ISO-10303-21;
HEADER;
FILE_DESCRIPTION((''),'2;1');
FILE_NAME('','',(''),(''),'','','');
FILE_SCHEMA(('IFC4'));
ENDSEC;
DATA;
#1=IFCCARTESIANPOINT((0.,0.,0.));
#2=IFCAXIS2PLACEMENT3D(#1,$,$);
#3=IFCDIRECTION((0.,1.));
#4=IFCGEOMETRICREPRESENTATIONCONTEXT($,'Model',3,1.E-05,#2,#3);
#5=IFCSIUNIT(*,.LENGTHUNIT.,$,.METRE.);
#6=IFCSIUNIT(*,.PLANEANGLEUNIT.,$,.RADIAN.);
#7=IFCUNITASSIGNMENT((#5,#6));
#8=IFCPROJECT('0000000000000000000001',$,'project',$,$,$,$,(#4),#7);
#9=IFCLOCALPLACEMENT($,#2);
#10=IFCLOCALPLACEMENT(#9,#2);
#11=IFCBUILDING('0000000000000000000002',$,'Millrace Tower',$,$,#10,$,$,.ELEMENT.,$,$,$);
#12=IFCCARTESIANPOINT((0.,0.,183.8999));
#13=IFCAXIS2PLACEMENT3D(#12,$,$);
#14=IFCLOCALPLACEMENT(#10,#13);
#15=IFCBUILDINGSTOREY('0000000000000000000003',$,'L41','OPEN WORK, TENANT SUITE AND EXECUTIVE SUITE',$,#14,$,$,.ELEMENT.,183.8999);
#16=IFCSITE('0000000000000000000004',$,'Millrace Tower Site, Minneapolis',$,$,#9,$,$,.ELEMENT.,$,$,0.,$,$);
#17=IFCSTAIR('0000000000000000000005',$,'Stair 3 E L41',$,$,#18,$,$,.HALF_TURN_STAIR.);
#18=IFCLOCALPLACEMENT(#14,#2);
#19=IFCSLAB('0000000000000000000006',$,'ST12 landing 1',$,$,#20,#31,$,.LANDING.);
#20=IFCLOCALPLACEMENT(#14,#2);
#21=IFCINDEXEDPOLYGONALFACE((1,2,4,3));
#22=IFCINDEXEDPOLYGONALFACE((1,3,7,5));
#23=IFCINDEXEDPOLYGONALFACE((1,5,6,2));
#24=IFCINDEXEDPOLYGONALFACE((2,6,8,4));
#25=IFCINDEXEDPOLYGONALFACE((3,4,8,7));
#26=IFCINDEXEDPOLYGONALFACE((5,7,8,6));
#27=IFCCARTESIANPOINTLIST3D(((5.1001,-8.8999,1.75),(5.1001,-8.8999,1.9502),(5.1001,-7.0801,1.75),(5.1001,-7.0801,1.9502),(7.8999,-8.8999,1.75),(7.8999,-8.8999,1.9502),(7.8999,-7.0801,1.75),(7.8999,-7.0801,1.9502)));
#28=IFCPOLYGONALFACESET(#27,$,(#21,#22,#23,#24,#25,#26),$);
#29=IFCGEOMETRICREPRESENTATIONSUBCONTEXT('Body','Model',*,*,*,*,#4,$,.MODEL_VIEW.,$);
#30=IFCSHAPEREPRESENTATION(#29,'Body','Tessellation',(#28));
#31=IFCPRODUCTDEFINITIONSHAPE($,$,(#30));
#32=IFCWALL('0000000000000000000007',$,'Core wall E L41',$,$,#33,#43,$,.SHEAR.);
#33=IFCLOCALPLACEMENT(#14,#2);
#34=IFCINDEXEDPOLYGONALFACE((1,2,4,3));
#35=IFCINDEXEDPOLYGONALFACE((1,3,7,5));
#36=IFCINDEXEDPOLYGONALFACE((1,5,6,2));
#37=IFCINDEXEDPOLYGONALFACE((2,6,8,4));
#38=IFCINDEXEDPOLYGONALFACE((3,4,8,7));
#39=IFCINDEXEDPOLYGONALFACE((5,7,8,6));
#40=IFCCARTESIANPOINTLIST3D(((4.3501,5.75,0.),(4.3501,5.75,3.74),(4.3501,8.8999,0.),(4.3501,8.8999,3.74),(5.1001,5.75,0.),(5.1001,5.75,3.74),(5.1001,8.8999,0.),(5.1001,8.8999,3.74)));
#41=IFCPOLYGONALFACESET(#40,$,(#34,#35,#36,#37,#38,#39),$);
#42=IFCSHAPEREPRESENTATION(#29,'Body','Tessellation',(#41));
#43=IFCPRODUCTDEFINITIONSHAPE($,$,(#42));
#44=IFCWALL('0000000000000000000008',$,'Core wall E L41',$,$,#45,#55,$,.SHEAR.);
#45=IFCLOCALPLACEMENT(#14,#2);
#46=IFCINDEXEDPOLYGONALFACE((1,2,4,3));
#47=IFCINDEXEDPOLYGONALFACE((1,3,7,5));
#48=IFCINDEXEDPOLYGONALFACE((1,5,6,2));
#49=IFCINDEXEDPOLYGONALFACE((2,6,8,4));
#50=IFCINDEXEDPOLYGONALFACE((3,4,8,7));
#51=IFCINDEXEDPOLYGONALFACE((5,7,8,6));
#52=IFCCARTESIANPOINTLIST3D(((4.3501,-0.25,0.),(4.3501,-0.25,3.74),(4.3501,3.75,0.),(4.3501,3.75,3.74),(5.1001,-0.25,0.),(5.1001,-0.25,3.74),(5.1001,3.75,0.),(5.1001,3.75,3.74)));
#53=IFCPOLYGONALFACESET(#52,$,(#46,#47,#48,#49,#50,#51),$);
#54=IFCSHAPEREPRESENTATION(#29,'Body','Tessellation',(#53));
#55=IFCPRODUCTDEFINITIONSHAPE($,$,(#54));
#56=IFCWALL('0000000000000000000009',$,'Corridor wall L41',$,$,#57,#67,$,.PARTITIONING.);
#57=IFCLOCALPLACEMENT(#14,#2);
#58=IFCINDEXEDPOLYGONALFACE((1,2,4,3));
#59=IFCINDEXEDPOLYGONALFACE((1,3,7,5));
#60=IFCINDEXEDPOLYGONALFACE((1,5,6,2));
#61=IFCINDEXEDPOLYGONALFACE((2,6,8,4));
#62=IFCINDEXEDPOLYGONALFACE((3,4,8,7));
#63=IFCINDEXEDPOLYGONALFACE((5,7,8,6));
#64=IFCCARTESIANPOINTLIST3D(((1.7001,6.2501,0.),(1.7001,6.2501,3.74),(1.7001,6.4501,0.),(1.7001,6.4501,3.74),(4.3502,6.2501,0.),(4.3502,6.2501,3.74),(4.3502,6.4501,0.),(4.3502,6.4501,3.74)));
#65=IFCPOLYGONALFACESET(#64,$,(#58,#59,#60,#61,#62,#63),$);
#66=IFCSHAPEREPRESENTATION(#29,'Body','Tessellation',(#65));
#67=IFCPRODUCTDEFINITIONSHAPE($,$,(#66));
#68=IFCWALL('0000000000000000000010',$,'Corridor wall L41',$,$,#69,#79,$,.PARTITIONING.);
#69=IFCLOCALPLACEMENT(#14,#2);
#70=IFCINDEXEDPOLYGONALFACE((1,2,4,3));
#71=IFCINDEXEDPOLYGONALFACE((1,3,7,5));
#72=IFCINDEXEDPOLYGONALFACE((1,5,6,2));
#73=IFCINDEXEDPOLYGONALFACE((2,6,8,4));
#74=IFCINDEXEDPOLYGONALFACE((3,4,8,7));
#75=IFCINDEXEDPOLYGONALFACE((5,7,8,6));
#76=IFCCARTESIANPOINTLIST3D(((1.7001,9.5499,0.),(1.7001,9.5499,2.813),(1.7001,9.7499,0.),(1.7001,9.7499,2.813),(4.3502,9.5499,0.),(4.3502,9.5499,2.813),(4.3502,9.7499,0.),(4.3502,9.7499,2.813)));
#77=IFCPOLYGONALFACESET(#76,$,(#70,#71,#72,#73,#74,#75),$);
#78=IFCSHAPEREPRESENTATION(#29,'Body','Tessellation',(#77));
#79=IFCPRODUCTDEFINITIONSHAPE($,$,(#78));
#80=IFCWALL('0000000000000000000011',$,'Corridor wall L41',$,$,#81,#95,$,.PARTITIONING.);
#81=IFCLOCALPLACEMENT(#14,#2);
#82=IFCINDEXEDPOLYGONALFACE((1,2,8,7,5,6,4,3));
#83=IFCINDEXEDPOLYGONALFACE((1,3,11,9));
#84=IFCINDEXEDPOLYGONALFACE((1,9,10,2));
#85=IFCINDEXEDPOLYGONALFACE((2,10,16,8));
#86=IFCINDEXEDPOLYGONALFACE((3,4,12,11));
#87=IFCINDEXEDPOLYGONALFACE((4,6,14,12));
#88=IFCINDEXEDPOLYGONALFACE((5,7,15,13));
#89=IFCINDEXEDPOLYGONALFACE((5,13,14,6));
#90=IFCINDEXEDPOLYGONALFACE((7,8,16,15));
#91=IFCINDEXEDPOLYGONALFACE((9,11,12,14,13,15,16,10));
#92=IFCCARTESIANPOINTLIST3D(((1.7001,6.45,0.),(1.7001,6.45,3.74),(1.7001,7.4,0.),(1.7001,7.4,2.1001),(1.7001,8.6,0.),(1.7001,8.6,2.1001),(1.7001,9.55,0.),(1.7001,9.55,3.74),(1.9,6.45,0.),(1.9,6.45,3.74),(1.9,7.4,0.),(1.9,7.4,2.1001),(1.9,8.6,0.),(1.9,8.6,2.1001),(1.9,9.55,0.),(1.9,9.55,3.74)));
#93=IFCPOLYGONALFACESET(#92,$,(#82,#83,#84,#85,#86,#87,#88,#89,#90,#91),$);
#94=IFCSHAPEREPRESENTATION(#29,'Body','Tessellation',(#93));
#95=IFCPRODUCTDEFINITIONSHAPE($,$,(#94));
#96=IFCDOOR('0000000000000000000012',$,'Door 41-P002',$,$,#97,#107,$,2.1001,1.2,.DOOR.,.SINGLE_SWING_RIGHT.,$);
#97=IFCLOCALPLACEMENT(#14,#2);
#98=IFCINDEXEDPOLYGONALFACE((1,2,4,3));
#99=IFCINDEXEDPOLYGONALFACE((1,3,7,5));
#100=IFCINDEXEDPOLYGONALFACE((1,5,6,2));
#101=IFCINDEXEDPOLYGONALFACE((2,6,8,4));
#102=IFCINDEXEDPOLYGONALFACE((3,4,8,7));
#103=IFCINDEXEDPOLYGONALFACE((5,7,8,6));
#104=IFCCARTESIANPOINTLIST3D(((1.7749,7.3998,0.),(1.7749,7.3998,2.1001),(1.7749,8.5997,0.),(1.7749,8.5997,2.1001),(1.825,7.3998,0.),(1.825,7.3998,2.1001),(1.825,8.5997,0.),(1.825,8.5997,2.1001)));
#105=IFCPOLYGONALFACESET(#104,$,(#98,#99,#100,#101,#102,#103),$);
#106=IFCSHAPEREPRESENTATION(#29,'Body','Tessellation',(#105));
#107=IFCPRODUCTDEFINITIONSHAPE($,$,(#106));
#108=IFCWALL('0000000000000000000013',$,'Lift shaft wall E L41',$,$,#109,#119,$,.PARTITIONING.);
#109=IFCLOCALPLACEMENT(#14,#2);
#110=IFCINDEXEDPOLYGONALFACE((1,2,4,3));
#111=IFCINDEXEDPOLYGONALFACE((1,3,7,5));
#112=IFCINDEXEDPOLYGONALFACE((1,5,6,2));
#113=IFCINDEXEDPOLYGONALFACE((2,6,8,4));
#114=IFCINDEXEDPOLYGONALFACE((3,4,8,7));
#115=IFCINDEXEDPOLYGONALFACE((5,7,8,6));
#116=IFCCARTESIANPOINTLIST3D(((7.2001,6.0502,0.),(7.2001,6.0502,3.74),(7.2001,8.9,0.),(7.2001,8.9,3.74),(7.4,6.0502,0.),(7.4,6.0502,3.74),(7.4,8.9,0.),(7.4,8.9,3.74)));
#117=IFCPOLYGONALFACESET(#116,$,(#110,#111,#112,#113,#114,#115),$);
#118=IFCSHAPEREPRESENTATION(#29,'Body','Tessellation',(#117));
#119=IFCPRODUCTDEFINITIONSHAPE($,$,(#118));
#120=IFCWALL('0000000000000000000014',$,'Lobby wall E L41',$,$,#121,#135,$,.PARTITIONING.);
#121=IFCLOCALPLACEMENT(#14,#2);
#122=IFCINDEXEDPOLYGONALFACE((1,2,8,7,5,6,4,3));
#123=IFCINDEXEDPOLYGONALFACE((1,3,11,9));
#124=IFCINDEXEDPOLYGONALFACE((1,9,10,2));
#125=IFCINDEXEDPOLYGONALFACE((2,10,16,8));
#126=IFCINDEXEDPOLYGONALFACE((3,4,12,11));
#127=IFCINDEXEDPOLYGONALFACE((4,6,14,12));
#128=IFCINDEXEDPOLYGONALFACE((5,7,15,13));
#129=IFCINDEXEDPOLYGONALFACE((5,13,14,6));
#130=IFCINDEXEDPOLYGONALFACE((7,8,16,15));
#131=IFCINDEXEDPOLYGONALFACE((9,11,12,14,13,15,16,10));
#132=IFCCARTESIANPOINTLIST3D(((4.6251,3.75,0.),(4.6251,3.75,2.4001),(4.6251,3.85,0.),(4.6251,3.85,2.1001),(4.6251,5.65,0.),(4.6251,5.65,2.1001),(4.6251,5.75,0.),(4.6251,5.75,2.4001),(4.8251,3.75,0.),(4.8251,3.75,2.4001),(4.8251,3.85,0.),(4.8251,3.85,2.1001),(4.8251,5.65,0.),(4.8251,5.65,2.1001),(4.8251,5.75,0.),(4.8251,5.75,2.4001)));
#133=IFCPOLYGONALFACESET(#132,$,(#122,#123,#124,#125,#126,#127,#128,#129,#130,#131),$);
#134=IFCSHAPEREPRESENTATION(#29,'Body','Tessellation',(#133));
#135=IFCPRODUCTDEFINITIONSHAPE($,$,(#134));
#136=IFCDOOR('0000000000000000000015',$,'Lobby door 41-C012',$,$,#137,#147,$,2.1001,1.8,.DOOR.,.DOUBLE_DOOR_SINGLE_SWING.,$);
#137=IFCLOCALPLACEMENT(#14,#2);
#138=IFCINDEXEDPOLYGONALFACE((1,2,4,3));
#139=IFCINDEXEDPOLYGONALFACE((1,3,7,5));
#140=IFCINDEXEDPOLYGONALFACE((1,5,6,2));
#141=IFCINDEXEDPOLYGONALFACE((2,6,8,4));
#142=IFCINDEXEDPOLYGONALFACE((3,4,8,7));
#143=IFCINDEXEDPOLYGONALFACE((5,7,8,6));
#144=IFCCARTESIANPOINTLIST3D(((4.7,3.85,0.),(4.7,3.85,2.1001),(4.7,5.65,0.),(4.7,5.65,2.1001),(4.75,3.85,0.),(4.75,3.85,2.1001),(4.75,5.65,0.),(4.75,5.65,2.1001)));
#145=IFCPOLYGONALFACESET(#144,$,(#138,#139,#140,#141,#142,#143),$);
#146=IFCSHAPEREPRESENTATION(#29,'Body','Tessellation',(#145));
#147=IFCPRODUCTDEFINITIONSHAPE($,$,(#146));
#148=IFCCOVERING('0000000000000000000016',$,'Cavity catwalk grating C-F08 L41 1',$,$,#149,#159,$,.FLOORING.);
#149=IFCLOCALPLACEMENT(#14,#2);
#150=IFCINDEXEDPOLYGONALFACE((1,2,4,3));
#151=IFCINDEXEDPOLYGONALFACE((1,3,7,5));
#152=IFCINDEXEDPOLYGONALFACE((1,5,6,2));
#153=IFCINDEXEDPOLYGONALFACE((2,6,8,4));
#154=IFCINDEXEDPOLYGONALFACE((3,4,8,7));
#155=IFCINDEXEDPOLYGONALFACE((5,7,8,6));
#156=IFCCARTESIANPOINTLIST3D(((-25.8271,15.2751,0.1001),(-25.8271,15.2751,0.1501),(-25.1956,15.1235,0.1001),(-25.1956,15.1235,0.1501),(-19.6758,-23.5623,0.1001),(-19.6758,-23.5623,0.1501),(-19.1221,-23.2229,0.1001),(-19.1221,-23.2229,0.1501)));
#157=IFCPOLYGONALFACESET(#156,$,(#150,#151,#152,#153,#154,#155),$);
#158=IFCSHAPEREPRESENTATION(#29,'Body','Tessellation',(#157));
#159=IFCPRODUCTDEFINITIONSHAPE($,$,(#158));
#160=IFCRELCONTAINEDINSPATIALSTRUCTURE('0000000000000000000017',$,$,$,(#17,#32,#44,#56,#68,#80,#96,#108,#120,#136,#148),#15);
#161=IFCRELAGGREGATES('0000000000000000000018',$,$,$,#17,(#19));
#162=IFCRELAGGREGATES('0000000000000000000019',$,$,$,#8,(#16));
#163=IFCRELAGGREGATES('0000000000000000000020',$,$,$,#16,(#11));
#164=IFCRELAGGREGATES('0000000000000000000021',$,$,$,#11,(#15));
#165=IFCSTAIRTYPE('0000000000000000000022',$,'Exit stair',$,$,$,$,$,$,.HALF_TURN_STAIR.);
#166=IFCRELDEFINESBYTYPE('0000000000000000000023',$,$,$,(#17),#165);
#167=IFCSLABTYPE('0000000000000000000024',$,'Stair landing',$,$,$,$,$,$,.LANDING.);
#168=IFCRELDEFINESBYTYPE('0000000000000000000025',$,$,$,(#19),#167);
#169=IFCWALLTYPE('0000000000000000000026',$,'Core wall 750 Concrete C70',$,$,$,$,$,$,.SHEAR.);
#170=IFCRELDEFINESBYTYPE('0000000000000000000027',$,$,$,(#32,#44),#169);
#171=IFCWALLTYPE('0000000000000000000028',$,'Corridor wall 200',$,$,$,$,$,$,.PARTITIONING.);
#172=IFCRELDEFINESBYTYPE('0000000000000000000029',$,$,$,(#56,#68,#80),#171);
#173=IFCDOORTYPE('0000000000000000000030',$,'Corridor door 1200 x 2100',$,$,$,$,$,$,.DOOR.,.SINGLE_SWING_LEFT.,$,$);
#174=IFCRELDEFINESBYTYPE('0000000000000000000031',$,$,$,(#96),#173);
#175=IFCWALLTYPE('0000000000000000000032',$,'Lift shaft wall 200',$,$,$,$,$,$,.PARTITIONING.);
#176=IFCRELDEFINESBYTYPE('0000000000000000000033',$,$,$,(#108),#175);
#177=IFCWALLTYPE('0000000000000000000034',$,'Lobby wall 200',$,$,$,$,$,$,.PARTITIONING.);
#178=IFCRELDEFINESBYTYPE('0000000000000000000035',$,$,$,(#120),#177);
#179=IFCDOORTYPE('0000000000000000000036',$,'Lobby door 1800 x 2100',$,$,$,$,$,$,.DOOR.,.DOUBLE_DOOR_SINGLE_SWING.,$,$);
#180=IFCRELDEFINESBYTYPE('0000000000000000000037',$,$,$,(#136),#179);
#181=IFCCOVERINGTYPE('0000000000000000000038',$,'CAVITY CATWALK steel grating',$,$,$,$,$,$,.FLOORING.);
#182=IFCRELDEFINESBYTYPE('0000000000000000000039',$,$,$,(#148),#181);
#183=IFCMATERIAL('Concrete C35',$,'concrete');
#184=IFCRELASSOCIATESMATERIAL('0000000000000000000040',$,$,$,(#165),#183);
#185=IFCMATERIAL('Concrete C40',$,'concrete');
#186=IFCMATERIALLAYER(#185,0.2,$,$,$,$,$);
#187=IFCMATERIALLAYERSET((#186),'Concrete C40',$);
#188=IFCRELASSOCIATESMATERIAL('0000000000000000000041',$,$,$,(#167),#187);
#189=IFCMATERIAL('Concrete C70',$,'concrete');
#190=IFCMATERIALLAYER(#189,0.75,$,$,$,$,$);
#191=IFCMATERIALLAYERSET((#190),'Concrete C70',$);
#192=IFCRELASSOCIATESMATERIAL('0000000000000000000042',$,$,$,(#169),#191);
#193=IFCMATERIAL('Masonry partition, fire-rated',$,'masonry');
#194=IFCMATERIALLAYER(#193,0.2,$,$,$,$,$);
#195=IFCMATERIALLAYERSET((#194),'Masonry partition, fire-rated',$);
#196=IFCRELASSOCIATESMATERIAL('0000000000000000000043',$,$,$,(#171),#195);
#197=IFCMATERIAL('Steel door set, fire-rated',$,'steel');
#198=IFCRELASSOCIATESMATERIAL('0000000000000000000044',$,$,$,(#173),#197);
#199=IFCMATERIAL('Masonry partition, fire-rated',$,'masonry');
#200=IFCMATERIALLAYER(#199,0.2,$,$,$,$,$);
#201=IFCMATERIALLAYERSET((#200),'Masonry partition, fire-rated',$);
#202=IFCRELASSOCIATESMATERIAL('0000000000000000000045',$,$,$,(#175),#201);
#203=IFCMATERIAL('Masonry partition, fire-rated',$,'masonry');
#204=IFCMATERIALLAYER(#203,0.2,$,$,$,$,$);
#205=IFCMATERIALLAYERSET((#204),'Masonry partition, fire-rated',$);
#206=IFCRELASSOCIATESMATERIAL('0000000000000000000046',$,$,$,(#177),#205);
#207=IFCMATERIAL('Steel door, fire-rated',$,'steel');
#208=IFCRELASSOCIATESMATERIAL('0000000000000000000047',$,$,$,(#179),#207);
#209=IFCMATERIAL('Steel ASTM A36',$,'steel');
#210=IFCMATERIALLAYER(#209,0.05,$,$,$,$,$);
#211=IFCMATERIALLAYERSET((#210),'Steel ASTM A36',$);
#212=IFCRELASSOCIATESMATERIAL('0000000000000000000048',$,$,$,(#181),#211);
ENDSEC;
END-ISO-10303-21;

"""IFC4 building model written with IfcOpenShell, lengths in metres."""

from ifc_helpers import new_model, si_unit, direction, frame, frame_2d, origin, place, context, subcontext, project, spatial, polyline, rectangle, outline, extrude, material, layer, layer_set, type_object, element, fill, aggregate, save


model = new_model("IFC4")

# Units and contexts
model_context = context("Model", 3, precision=1e-05, world=origin(), true_north=direction((0.0, 1.0)))
body_context = subcontext(model_context, "Body", "Model", "MODEL_VIEW")
ifc_project = project(units=[si_unit("LENGTHUNIT", "METRE"), si_unit("PLANEANGLEUNIT", "RADIAN")], contexts=[model_context])

# Site, building, storey
site_placement = place(None, origin())
site = spatial("IfcSite", under=ifc_project, at=site_placement, Name="Millrace Tower Site, Minneapolis", CompositionType="ELEMENT", RefElevation=0.0)
building_placement = place(site_placement, origin())
building = spatial("IfcBuilding", under=site, at=building_placement, Name="Millrace Tower", CompositionType="ELEMENT")
storey_placement = place(building_placement, frame((0.0, 0.0, 183.8999)))
storey = spatial("IfcBuildingStorey", under=building, at=storey_placement, Name="L41", Description="OPEN WORK, TENANT SUITE AND EXECUTIVE SUITE", CompositionType="ELEMENT", Elevation=183.8999)

# Shared definitions
placement_1 = place(storey_placement, origin())

# Stair, slab
ifc_material_1 = material(Name="Concrete C35", Category="concrete")
stair_type = type_object("IfcStairType", Name="Exit stair", PredefinedType="HALF_TURN_STAIR", material=ifc_material_1)
ifc_material_2 = material(Name="Concrete C40", Category="concrete")
ifc_layer_1 = layer(ifc_material_2, 0.2)
ifc_layer_set_1 = layer_set([ifc_layer_1], Name="Concrete C40")
slab_type = type_object("IfcSlabType", Name="Stair landing", PredefinedType="LANDING", material=ifc_layer_set_1)
placement_2 = place(storey_placement, frame((0.0, 0.0, 1.75)))
stair_1 = element("IfcStair", 1, at=placement_1, inside=storey, type_object=stair_type, Name="Stair 3 E L41", PredefinedType="HALF_TURN_STAIR")
slab_1 = element("IfcSlab", 2, at=placement_2, type_object=slab_type, Name="ST12 landing 1", PredefinedType="LANDING", context=body_context, shape_type="SweptSolid", body=[
    extrude(outline(polyline([(5.1001, -8.8999), (7.8999, -8.8999), (7.8999, -7.0801), (5.1001, -7.0801), (5.1001, -8.8999)])), origin(), (0.0, 0.0, 1.0), 0.2002),
])
aggregate(stair_1, [slab_1])

# Walls
ifc_material_3 = material(Name="Concrete C70", Category="concrete")
ifc_layer_2 = layer(ifc_material_3, 0.75)
ifc_layer_set_2 = layer_set([ifc_layer_2], Name="Concrete C70")
wall_type_1 = type_object("IfcWallType", Name="Core wall 750 Concrete C70", PredefinedType="SHEAR", material=ifc_layer_set_2)
wall_1_placement = place(storey_placement, frame((4.7251, 8.8999, 0.0), z_axis=(0.0, 0.0, 1.0), x_axis=(0.0, -1.0, 0.0)))
element("IfcWall", 3, at=wall_1_placement, inside=storey, type_object=wall_type_1, Name="Core wall E L41", PredefinedType="SHEAR", context=body_context, shape_type="SweptSolid", body=[
    extrude(rectangle(XDim=3.1499, YDim=0.75, at=frame_2d((1.575, 0.0))), origin(), (0.0, 0.0, 1.0), 3.74),
])
wall_2_placement = place(storey_placement, frame((4.7251, 3.75, 0.0), z_axis=(0.0, 0.0, 1.0), x_axis=(0.0, -1.0, 0.0)))
element("IfcWall", 4, at=wall_2_placement, inside=storey, type_object=wall_type_1, Name="Core wall E L41", PredefinedType="SHEAR", context=body_context, shape_type="SweptSolid", body=[
    extrude(rectangle(XDim=4.0, YDim=0.75, at=frame_2d((2.0, 0.0))), origin(), (0.0, 0.0, 1.0), 3.74),
])
ifc_material_4 = material(Name="Masonry partition, fire-rated", Category="masonry")
ifc_layer_3 = layer(ifc_material_4, 0.2)
ifc_layer_set_3 = layer_set([ifc_layer_3], Name="Masonry partition, fire-rated")
wall_type_2 = type_object("IfcWallType", Name="Corridor wall 200", PredefinedType="PARTITIONING", material=ifc_layer_set_3)
wall_3_placement = place(storey_placement, frame((1.7, 6.3501, 0.0), z_axis=(0.0, 0.0, 1.0), x_axis=(1.0, 0.0, 0.0)))
element("IfcWall", 5, at=wall_3_placement, inside=storey, type_object=wall_type_2, Name="Corridor wall L41", PredefinedType="PARTITIONING", context=body_context, shape_type="SweptSolid", body=[
    extrude(rectangle(XDim=2.6501, YDim=0.2, at=frame_2d((1.3252, 0.0))), origin(), (0.0, 0.0, 1.0), 3.74),
])
wall_4_placement = place(storey_placement, frame((1.7, 9.6499, 0.0), z_axis=(0.0, 0.0, 1.0), x_axis=(1.0, 0.0, 0.0)))
element("IfcWall", 6, at=wall_4_placement, inside=storey, type_object=wall_type_2, Name="Corridor wall L41", PredefinedType="PARTITIONING", context=body_context, shape_type="SweptSolid", body=[
    extrude(rectangle(XDim=2.6501, YDim=0.2, at=frame_2d((1.3252, 0.0))), origin(), (0.0, 0.0, 1.0), 2.813),
])

# Wall, opening, door
wall_5_placement = place(storey_placement, frame((1.8, 6.45, 0.0), z_axis=(0.0, 0.0, 1.0), x_axis=(0.0, 1.0, 0.0)))
wall_5 = element("IfcWall", 7, at=wall_5_placement, inside=storey, type_object=wall_type_2, Name="Corridor wall L41", PredefinedType="PARTITIONING", context=body_context, shape_type="SweptSolid", body=[
    extrude(rectangle(XDim=3.1001, YDim=0.2, at=frame_2d((1.55, 0.0))), origin(), (0.0, 0.0, 1.0), 3.74),
])
opening_1_placement = place(wall_5_placement, frame((0.95, 0.0, 0.0)))
opening_1 = element("IfcOpeningElement", 8, at=opening_1_placement, cuts=wall_5, PredefinedType="OPENING", context=body_context, shape_type="SweptSolid", body=[
    extrude(rectangle(XDim=1.2, YDim=2.1001, at=frame_2d((0.6001, 1.05))), frame((0.0, 0.1099, 0.0), z_axis=(0.0, -1.0, 0.0), x_axis=(1.0, 0.0, 0.0)), (0.0, 0.0, 1.0), 0.22),
])
ifc_material_5 = material(Name="Steel door set, fire-rated", Category="steel")
door_type_1 = type_object("IfcDoorType", Name="Corridor door 1200 x 2100", OperationType="SINGLE_SWING_LEFT", PredefinedType="DOOR", material=ifc_material_5)
door_1_placement = place(opening_1_placement, frame((1.2, 0.0, 0.0), z_axis=(0.0, 0.0, 1.0), x_axis=(-1.0, 0.0, 0.0)))
door_1 = element("IfcDoor", 9, at=door_1_placement, inside=storey, type_object=door_type_1, Name="Door 41-P002", OperationType="SINGLE_SWING_RIGHT", OverallHeight=2.1001, OverallWidth=1.2, PredefinedType="DOOR", context=body_context, shape_type="SweptSolid", body=[
    extrude(rectangle(XDim=1.2, YDim=2.1001, at=frame_2d((0.6001, 1.05))), frame((0.0, 0.0249, 0.0), z_axis=(0.0, -1.0, 0.0), x_axis=(1.0, 0.0, 0.0)), (0.0, 0.0, 1.0), 0.05),
])
fill(opening_1, door_1)

# Wall
ifc_material_6 = material(Name="Masonry partition, fire-rated", Category="masonry")
ifc_layer_4 = layer(ifc_material_6, 0.2)
ifc_layer_set_4 = layer_set([ifc_layer_4], Name="Masonry partition, fire-rated")
wall_type_3 = type_object("IfcWallType", Name="Lift shaft wall 200", PredefinedType="PARTITIONING", material=ifc_layer_set_4)
wall_6_placement = place(storey_placement, frame((7.3, 8.8999, 0.0), z_axis=(0.0, 0.0, 1.0), x_axis=(0.0, -1.0, 0.0)))
element("IfcWall", 10, at=wall_6_placement, inside=storey, type_object=wall_type_3, Name="Lift shaft wall E L41", PredefinedType="PARTITIONING", context=body_context, shape_type="SweptSolid", body=[
    extrude(rectangle(XDim=2.8499, YDim=0.2, at=frame_2d((1.4248, 0.0))), origin(), (0.0, 0.0, 1.0), 3.74),
])

# Wall, opening, door
ifc_material_7 = material(Name="Masonry partition, fire-rated", Category="masonry")
ifc_layer_5 = layer(ifc_material_7, 0.2)
ifc_layer_set_5 = layer_set([ifc_layer_5], Name="Masonry partition, fire-rated")
wall_type_4 = type_object("IfcWallType", Name="Lobby wall 200", PredefinedType="PARTITIONING", material=ifc_layer_set_5)
wall_7_placement = place(storey_placement, frame((4.7251, 5.75, 0.0), z_axis=(0.0, 0.0, 1.0), x_axis=(0.0, -1.0, 0.0)))
wall_7 = element("IfcWall", 11, at=wall_7_placement, inside=storey, type_object=wall_type_4, Name="Lobby wall E L41", PredefinedType="PARTITIONING", context=body_context, shape_type="SweptSolid", body=[
    extrude(rectangle(XDim=2.0, YDim=0.2, at=frame_2d((1.0, 0.0))), origin(), (0.0, 0.0, 1.0), 2.4001),
])
opening_2_placement = place(wall_7_placement, frame((0.1001, 0.0, 0.0)))
opening_2 = element("IfcOpeningElement", 12, at=opening_2_placement, cuts=wall_7, PredefinedType="OPENING", context=body_context, shape_type="SweptSolid", body=[
    extrude(rectangle(XDim=1.8, YDim=2.1001, at=frame_2d((0.8999, 1.05))), frame((0.0, 0.1099, 0.0), z_axis=(0.0, -1.0, 0.0), x_axis=(1.0, 0.0, 0.0)), (0.0, 0.0, 1.0), 0.22),
])
ifc_material_8 = material(Name="Steel door, fire-rated", Category="steel")
door_type_2 = type_object("IfcDoorType", Name="Lobby door 1800 x 2100", OperationType="DOUBLE_DOOR_SINGLE_SWING", PredefinedType="DOOR", material=ifc_material_8)
door_2_placement = place(opening_2_placement, origin())
door_2 = element("IfcDoor", 13, at=door_2_placement, inside=storey, type_object=door_type_2, Name="Lobby door 41-C012", OperationType="DOUBLE_DOOR_SINGLE_SWING", OverallHeight=2.1001, OverallWidth=1.8, PredefinedType="DOOR", context=body_context, shape_type="SweptSolid", body=[
    extrude(rectangle(XDim=1.8, YDim=2.1001, at=frame_2d((0.8999, 1.05))), frame((0.0, 0.0249, 0.0), z_axis=(0.0, -1.0, 0.0), x_axis=(1.0, 0.0, 0.0)), (0.0, 0.0, 1.0), 0.05),
])
fill(opening_2, door_2)

# Covering
ifc_material_9 = material(Name="Steel ASTM A36", Category="steel")
ifc_layer_6 = layer(ifc_material_9, 0.05)
ifc_layer_set_6 = layer_set([ifc_layer_6], Name="Steel ASTM A36")
covering_type = type_object("IfcCoveringType", Name="CAVITY CATWALK steel grating", PredefinedType="FLOORING", material=ifc_layer_set_6)
covering_placement = place(storey_placement, frame((0.0, 0.0, 0.1001)))
element("IfcCovering", 14, at=covering_placement, inside=storey, type_object=covering_type, Name="Cavity catwalk grating C-F08 L41 1", PredefinedType="FLOORING", context=body_context, shape_type="SweptSolid", body=[
    extrude(outline(polyline([(-25.8271, 15.2751), (-19.6758, -23.5623), (-19.1221, -23.2229), (-25.1956, 15.1235), (-25.8271, 15.2751)])), origin(), (0.0, 0.0, 1.0), 0.05),
])

save(model, "model.ifc")
